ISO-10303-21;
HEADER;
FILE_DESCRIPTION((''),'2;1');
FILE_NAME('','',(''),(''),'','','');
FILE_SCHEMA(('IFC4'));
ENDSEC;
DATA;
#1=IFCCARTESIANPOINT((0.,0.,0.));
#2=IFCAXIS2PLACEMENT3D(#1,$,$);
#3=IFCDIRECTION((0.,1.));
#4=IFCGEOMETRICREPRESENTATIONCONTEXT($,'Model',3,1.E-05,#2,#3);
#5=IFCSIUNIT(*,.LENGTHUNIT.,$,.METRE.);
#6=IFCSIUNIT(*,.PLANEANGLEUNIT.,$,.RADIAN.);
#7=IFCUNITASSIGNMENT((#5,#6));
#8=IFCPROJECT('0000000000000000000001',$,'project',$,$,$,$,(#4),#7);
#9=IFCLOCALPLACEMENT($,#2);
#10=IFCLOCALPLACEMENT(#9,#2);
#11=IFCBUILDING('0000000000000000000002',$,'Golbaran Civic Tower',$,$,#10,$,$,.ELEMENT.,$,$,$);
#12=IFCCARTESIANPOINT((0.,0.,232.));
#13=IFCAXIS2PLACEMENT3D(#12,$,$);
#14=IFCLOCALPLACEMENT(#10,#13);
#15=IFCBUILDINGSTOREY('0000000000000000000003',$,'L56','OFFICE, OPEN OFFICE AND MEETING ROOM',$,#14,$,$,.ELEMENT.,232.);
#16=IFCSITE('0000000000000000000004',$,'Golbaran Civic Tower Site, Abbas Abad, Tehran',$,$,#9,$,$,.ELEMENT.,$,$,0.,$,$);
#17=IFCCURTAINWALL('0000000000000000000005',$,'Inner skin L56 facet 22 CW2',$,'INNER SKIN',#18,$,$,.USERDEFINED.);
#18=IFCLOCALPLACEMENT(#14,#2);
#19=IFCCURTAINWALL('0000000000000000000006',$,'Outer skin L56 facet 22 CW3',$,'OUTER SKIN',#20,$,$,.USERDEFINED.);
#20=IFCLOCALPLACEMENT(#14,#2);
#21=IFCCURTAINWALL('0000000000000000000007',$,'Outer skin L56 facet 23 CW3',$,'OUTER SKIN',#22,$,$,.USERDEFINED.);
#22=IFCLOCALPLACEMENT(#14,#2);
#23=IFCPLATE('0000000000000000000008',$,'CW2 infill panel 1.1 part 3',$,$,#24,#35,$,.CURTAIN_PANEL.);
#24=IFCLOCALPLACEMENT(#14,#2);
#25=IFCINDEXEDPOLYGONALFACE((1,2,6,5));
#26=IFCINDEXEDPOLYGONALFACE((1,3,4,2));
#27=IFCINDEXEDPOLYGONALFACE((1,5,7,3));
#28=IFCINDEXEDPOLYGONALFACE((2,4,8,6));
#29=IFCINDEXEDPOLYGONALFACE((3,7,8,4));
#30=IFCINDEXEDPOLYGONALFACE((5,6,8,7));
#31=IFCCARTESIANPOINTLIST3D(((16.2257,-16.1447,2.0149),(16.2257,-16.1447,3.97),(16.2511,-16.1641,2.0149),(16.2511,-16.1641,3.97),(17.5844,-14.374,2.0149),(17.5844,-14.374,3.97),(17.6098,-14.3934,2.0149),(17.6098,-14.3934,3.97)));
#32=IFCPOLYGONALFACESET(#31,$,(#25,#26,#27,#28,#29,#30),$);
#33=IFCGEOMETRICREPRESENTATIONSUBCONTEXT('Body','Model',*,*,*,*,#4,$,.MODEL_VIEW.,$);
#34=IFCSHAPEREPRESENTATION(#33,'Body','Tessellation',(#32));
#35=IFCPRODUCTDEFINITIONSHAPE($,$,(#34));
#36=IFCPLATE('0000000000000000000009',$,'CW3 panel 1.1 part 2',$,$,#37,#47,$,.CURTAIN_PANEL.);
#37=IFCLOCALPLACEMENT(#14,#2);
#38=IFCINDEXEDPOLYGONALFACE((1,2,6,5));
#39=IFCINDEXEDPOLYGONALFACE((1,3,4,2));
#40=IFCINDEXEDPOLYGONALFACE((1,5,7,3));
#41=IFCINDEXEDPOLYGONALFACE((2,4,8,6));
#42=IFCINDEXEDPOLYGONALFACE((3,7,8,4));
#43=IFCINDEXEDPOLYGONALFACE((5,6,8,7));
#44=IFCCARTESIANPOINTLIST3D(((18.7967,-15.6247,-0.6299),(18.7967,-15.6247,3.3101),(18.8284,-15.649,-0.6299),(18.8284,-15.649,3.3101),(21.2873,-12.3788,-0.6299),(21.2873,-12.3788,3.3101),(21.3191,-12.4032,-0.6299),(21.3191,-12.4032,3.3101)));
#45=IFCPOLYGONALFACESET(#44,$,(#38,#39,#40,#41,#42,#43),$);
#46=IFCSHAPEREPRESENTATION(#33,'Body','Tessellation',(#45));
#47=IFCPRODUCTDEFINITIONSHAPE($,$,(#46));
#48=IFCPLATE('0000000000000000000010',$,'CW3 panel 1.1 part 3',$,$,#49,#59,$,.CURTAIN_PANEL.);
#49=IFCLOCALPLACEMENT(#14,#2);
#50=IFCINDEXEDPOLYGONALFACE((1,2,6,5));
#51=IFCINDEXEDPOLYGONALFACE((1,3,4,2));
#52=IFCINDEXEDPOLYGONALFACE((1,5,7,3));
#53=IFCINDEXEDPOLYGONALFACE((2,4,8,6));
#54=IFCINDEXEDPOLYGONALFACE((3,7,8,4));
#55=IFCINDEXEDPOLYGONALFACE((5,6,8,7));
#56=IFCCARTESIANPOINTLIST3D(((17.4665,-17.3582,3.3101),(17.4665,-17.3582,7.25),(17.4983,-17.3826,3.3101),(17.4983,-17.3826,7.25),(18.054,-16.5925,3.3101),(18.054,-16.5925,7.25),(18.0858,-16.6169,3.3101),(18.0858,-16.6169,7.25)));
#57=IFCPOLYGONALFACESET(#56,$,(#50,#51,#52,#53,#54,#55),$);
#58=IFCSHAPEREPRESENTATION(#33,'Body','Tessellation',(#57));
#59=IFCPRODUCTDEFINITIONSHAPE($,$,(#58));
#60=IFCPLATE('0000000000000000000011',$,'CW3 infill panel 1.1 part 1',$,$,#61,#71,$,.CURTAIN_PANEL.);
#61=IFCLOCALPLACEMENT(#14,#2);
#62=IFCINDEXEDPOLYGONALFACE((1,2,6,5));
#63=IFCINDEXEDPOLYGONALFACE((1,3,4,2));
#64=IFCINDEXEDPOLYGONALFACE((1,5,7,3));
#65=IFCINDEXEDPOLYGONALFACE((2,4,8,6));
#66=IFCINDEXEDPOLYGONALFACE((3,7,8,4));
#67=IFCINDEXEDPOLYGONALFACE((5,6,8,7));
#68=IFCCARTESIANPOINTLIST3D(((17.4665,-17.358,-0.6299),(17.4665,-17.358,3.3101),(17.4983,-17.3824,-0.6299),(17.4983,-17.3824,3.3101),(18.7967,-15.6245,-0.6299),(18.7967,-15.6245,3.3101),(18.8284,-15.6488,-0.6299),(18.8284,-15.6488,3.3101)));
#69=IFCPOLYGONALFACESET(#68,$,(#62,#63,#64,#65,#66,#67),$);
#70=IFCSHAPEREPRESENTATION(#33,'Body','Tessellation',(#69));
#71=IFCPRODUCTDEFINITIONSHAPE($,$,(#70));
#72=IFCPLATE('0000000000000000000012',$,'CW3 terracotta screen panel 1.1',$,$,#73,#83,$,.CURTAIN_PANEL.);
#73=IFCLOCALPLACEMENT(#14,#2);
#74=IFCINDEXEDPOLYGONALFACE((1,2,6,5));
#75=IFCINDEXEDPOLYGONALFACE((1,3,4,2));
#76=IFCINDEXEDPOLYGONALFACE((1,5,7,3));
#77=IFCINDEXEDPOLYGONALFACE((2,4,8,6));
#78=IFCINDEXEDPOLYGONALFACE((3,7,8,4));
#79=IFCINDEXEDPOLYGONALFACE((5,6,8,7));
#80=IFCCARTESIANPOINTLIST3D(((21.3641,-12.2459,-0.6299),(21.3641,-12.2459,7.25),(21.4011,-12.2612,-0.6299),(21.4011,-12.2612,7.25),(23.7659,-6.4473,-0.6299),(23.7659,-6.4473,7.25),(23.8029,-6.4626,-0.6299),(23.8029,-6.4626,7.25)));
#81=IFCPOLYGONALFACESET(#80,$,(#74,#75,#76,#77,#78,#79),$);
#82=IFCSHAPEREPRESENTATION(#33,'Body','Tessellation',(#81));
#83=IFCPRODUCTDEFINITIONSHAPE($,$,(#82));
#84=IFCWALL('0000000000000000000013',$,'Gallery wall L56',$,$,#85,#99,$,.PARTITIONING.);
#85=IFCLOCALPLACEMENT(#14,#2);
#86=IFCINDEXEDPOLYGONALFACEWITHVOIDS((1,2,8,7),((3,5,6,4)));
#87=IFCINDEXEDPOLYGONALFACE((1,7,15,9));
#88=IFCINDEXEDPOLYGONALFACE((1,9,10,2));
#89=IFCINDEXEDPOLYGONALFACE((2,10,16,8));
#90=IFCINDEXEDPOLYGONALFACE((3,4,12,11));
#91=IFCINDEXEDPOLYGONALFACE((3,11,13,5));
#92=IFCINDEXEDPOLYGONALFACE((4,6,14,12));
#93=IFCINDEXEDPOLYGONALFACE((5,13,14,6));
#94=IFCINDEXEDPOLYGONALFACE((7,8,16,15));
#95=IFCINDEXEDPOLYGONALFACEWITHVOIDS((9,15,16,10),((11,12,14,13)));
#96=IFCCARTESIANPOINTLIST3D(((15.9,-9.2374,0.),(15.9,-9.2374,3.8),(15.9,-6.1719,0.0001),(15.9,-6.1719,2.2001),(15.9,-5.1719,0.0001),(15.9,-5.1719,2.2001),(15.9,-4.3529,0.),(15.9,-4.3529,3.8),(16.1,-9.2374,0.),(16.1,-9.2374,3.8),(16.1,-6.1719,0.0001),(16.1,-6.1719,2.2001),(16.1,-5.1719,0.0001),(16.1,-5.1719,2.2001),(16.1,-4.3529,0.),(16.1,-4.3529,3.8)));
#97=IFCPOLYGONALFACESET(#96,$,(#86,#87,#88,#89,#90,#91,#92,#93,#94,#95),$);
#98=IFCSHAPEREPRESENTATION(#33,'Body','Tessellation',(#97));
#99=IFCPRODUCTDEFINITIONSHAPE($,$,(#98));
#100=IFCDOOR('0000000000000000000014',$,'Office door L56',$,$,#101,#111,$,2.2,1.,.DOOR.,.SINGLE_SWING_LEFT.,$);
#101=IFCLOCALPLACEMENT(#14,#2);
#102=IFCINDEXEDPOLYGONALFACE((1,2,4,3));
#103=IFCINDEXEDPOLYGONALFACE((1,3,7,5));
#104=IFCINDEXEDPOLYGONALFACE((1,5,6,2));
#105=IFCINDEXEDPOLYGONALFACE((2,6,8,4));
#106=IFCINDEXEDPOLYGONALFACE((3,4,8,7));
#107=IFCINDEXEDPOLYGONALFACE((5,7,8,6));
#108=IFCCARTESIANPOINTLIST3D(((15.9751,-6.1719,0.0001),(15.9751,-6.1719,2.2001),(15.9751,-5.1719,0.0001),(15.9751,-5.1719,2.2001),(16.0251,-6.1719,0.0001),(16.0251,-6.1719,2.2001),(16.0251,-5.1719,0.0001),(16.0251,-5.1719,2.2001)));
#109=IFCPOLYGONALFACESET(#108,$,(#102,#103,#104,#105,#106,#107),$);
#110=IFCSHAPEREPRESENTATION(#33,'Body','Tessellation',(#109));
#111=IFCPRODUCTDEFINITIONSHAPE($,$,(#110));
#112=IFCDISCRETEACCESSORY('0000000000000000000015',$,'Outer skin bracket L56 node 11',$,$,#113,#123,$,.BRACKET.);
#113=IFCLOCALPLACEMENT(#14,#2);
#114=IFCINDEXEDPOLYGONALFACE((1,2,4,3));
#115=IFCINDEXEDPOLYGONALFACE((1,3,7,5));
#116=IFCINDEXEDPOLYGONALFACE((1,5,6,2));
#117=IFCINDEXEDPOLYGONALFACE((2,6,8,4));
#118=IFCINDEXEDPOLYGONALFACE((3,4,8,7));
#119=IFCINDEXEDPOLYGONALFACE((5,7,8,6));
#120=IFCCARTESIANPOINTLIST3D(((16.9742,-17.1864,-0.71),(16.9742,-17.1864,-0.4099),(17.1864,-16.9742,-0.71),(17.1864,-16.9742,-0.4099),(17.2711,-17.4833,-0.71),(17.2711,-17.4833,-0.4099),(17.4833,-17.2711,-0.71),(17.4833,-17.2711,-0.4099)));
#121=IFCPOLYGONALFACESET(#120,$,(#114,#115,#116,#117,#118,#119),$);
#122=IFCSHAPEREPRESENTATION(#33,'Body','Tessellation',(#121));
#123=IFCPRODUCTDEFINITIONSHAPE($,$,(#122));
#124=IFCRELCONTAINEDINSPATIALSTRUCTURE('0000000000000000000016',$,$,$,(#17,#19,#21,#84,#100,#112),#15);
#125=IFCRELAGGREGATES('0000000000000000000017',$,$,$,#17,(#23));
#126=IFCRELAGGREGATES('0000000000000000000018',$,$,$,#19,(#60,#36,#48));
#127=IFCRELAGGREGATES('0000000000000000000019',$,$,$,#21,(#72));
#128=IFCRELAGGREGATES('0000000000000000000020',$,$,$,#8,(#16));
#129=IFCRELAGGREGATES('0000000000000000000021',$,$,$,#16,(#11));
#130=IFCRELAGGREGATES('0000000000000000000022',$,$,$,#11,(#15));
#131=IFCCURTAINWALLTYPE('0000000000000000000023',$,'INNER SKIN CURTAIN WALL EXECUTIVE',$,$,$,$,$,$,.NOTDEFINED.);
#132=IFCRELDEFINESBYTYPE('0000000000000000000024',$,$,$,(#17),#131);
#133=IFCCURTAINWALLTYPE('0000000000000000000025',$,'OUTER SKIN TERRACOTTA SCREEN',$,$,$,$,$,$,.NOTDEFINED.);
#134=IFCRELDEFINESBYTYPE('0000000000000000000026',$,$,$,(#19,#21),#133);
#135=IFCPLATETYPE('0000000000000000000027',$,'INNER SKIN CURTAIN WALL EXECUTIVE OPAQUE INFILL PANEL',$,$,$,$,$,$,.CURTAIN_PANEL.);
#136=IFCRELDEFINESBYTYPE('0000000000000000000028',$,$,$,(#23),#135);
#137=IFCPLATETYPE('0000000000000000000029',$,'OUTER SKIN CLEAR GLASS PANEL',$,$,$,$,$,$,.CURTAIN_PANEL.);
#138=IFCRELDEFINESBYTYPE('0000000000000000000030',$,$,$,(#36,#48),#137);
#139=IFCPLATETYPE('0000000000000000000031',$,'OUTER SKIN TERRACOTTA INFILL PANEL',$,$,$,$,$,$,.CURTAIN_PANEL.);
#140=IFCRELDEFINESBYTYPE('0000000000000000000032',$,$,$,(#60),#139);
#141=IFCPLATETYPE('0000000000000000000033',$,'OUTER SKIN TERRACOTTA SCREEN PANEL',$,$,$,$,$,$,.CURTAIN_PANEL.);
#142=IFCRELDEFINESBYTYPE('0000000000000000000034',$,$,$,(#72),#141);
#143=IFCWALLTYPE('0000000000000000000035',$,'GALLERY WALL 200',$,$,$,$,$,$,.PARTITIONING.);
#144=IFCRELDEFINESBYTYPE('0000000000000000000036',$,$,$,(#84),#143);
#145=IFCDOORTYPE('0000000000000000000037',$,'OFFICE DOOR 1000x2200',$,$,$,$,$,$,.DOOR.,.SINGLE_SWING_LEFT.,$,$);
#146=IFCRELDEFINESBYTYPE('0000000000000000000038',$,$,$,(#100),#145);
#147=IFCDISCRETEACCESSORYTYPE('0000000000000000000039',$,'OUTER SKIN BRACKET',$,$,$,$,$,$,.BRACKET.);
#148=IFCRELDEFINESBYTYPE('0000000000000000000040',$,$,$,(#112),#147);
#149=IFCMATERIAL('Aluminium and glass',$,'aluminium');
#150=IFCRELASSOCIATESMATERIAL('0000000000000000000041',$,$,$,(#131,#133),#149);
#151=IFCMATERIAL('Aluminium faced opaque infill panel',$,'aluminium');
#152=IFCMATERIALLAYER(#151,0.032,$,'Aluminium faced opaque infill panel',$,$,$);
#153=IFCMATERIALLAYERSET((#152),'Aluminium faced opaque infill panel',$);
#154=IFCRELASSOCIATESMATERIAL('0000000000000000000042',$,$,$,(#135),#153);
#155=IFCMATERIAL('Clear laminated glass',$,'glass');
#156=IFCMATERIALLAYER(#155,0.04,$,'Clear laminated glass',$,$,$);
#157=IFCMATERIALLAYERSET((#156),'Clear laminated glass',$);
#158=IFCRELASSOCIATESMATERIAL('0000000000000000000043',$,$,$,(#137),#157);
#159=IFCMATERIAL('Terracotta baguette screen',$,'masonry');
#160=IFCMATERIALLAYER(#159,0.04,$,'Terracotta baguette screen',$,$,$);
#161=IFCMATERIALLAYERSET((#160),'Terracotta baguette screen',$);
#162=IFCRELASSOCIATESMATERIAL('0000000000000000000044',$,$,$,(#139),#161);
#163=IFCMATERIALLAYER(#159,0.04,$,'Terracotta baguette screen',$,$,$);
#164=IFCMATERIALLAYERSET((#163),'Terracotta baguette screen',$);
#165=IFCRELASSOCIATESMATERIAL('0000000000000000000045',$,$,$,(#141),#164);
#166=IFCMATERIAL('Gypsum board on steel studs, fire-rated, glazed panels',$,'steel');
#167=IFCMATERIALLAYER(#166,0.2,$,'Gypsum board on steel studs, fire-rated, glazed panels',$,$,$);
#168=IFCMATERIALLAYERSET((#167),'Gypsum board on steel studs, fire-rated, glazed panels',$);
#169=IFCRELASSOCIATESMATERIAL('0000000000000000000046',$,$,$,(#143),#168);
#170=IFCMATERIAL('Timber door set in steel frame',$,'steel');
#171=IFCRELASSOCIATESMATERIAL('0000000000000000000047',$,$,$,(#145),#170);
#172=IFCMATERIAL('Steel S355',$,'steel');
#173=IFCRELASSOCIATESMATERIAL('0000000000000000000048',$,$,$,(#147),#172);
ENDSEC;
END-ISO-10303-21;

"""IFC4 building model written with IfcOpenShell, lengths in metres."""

from ifc_helpers import new_model, si_unit, direction, frame, frame_2d, origin, origin_2d, place, context, subcontext, project, spatial, rectangle, extrude, material, layer, layer_set, type_object, element, fill, aggregate, save


model = new_model("IFC4")

# Units and contexts
model_context = context("Model", 3, precision=1e-05, world=origin(), true_north=direction((0.0, 1.0)))
body_context = subcontext(model_context, "Body", "Model", "MODEL_VIEW")
ifc_project = project(units=[si_unit("LENGTHUNIT", "METRE"), si_unit("PLANEANGLEUNIT", "RADIAN")], contexts=[model_context])

# Site, building, storey
site_placement = place(None, origin())
site = spatial("IfcSite", under=ifc_project, at=site_placement, Name="Golbaran Civic Tower Site, Abbas Abad, Tehran", CompositionType="ELEMENT", RefElevation=0.0)
building_placement = place(site_placement, origin())
building = spatial("IfcBuilding", under=site, at=building_placement, Name="Golbaran Civic Tower", CompositionType="ELEMENT")
storey_placement = place(building_placement, frame((0.0, 0.0, 232.0)))
storey = spatial("IfcBuildingStorey", under=building, at=storey_placement, Name="L56", Description="OFFICE, OPEN OFFICE AND MEETING ROOM", CompositionType="ELEMENT", Elevation=232.0)

# Shared definitions
ifc_material_1 = material(Name="Steel S355", Category="steel")

# Shared definitions
ifc_material_2 = material(Name="Aluminium and glass", Category="aluminium")
curtain_wall_type_1 = type_object("IfcCurtainWallType", Name="INNER SKIN CURTAIN WALL EXECUTIVE", PredefinedType="NOTDEFINED", material=ifc_material_2)

# Curtain wall
curtain_wall_1_placement = place(storey_placement, origin())
curtain_wall_1 = element("IfcCurtainWall", 1, at=curtain_wall_1_placement, inside=storey, type_object=curtain_wall_type_1, Name="Inner skin L56 facet 22 CW2", ObjectType="INNER SKIN", PredefinedType="USERDEFINED")

# Shared definitions
curtain_wall_type_2 = type_object("IfcCurtainWallType", Name="OUTER SKIN TERRACOTTA SCREEN", PredefinedType="NOTDEFINED", material=ifc_material_2)

# Curtain wall
curtain_wall_2_placement = place(storey_placement, origin())
curtain_wall_2 = element("IfcCurtainWall", 2, at=curtain_wall_2_placement, inside=storey, type_object=curtain_wall_type_2, Name="Outer skin L56 facet 22 CW3", ObjectType="OUTER SKIN", PredefinedType="USERDEFINED")

# Curtain wall
curtain_wall_3_placement = place(storey_placement, origin())
curtain_wall_3 = element("IfcCurtainWall", 3, at=curtain_wall_3_placement, inside=storey, type_object=curtain_wall_type_2, Name="Outer skin L56 facet 23 CW3", ObjectType="OUTER SKIN", PredefinedType="USERDEFINED")

# Plates
ifc_material_3 = material(Name="Aluminium faced opaque infill panel", Category="aluminium")
ifc_layer_1 = layer(ifc_material_3, 0.032, Name="Aluminium faced opaque infill panel")
ifc_layer_set_1 = layer_set([ifc_layer_1], Name="Aluminium faced opaque infill panel")
plate_type_1 = type_object("IfcPlateType", Name="INNER SKIN CURTAIN WALL EXECUTIVE OPAQUE INFILL PANEL", PredefinedType="CURTAIN_PANEL", material=ifc_layer_set_1)
plate_1_placement = place(storey_placement, frame((16.9177, -15.269, 2.0149), z_axis=(0.0, 0.0, 1.0), x_axis=(0.608761, 0.793353, 0.0)))
plate_1 = element("IfcPlate", 4, at=plate_1_placement, type_object=plate_type_1, Name="CW2 infill panel 1.1 part 3", PredefinedType="CURTAIN_PANEL", context=body_context, shape_type="SweptSolid", body=[
    extrude(rectangle(XDim=2.2319, YDim=0.032, at=origin_2d()), origin(), (0.0, 0.0, 1.0), 1.9551),
])
aggregate(curtain_wall_1, [plate_1])
ifc_material_4 = material(Name="Clear laminated glass", Category="glass")
ifc_layer_2 = layer(ifc_material_4, 0.04, Name="Clear laminated glass")
ifc_layer_set_2 = layer_set([ifc_layer_2], Name="Clear laminated glass")
plate_type_2 = type_object("IfcPlateType", Name="OUTER SKIN CLEAR GLASS PANEL", PredefinedType="CURTAIN_PANEL", material=ifc_layer_set_2)
plate_2_placement = place(storey_placement, frame((20.0579, -14.0139, -0.6299), z_axis=(0.0, 0.0, 1.0), x_axis=(0.608761, 0.793353, 0.0)))
plate_2 = element("IfcPlate", 5, at=plate_2_placement, type_object=plate_type_2, Name="CW3 panel 1.1 part 2", PredefinedType="CURTAIN_PANEL", context=body_context, shape_type="SweptSolid", body=[
    extrude(rectangle(XDim=4.0913, YDim=0.04, at=origin_2d()), origin(), (0.0, 0.0, 1.0), 3.9399),
])
plate_3_placement = place(storey_placement, frame((17.7761, -16.9875, 3.3101), z_axis=(0.0, 0.0, 1.0), x_axis=(0.608761, 0.793353, 0.0)))
plate_3 = element("IfcPlate", 6, at=plate_3_placement, type_object=plate_type_2, Name="CW3 panel 1.1 part 3", PredefinedType="CURTAIN_PANEL", context=body_context, shape_type="SweptSolid", body=[
    extrude(rectangle(XDim=0.9651, YDim=0.04, at=origin_2d()), origin(), (0.0, 0.0, 1.0), 3.9399),
])
ifc_material_5 = material(Name="Terracotta baguette screen", Category="masonry")
ifc_layer_3 = layer(ifc_material_5, 0.04, Name="Terracotta baguette screen")
ifc_layer_set_3 = layer_set([ifc_layer_3], Name="Terracotta baguette screen")
plate_type_3 = type_object("IfcPlateType", Name="OUTER SKIN TERRACOTTA INFILL PANEL", PredefinedType="CURTAIN_PANEL", material=ifc_layer_set_3)
plate_4_placement = place(storey_placement, frame((18.1475, -16.5034, -0.6299), z_axis=(0.0, 0.0, 1.0), x_axis=(0.608761, 0.793353, 0.0)))
plate_4 = element("IfcPlate", 7, at=plate_4_placement, type_object=plate_type_3, Name="CW3 infill panel 1.1 part 1", PredefinedType="CURTAIN_PANEL", context=body_context, shape_type="SweptSolid", body=[
    extrude(rectangle(XDim=2.1851, YDim=0.04, at=origin_2d()), origin(), (0.0, 0.0, 1.0), 3.9399),
])
aggregate(curtain_wall_2, [plate_4, plate_2, plate_3])
ifc_layer_4 = layer(ifc_material_5, 0.04, Name="Terracotta baguette screen")
ifc_layer_set_4 = layer_set([ifc_layer_4], Name="Terracotta baguette screen")
plate_type_4 = type_object("IfcPlateType", Name="OUTER SKIN TERRACOTTA SCREEN PANEL", PredefinedType="CURTAIN_PANEL", material=ifc_layer_set_4)
plate_5_placement = place(storey_placement, frame((22.5835, -9.3542, -0.6299), z_axis=(0.0, 0.0, 1.0), x_axis=(0.382683, 0.92388, 0.0)))
plate_5 = element("IfcPlate", 8, at=plate_5_placement, type_object=plate_type_4, Name="CW3 terracotta screen panel 1.1", PredefinedType="CURTAIN_PANEL", context=body_context, shape_type="SweptSolid", body=[
    extrude(rectangle(XDim=6.2764, YDim=0.04, at=origin_2d()), origin(), (0.0, 0.0, 1.0), 7.8799),
])
aggregate(curtain_wall_3, [plate_5])

# Wall, opening, door
ifc_material_6 = material(Name="Gypsum board on steel studs, fire-rated, glazed panels", Category="steel")
ifc_layer_5 = layer(ifc_material_6, 0.2, Name="Gypsum board on steel studs, fire-rated, glazed panels")
ifc_layer_set_5 = layer_set([ifc_layer_5], Name="Gypsum board on steel studs, fire-rated, glazed panels")
wall_type = type_object("IfcWallType", Name="GALLERY WALL 200", PredefinedType="PARTITIONING", material=ifc_layer_set_5)
wall_placement = place(storey_placement, frame((16.0, -9.2375, 0.0), z_axis=(0.0, 0.0, 1.0), x_axis=(0.0, 1.0, 0.0)))
wall = element("IfcWall", 9, at=wall_placement, inside=storey, type_object=wall_type, Name="Gallery wall L56", PredefinedType="PARTITIONING", context=body_context, shape_type="SweptSolid", body=[
    extrude(rectangle(XDim=4.8845, YDim=0.2, at=frame_2d((2.4424, 0.0))), origin(), (0.0, 0.0, 1.0), 3.8),
])
opening_placement = place(wall_placement, frame((3.0657, 0.0, 0.0)))
opening = element("IfcOpeningElement", 10, at=opening_placement, cuts=wall, PredefinedType="OPENING", context=body_context, shape_type="SweptSolid", body=[
    extrude(rectangle(XDim=1.0, YDim=2.2, at=frame_2d((0.5, 1.1001))), frame((0.0, 0.1099, 0.0), z_axis=(0.0, -1.0, 0.0), x_axis=(1.0, 0.0, 0.0)), (0.0, 0.0, 1.0), 0.22),
])
ifc_material_7 = material(Name="Timber door set in steel frame", Category="steel")
door_type = type_object("IfcDoorType", Name="OFFICE DOOR 1000x2200", OperationType="SINGLE_SWING_LEFT", PredefinedType="DOOR", material=ifc_material_7)
door_placement = place(opening_placement, origin())
door = element("IfcDoor", 11, at=door_placement, inside=storey, type_object=door_type, Name="Office door L56", OperationType="SINGLE_SWING_LEFT", OverallHeight=2.2, OverallWidth=1.0, PredefinedType="DOOR", context=body_context, shape_type="SweptSolid", body=[
    extrude(rectangle(XDim=1.0, YDim=2.2, at=frame_2d((0.5, 1.1001))), frame((0.0, 0.0249, 0.0), z_axis=(0.0, -1.0, 0.0), x_axis=(1.0, 0.0, 0.0)), (0.0, 0.0, 1.0), 0.05),
])
fill(opening, door)

# Discrete accessory
discrete_accessory_type = type_object("IfcDiscreteAccessoryType", Name="OUTER SKIN BRACKET", PredefinedType="BRACKET", material=ifc_material_1)
discrete_accessory_placement = place(storey_placement, frame((17.2288, -17.2288, -0.71), z_axis=(0.0, 0.0, 1.0), x_axis=(0.707107, -0.707107, 0.0)))
element("IfcDiscreteAccessory", 12, at=discrete_accessory_placement, inside=storey, type_object=discrete_accessory_type, Name="Outer skin bracket L56 node 11", PredefinedType="BRACKET", context=body_context, shape_type="SweptSolid", body=[
    extrude(rectangle(XDim=0.4199, YDim=0.3, at=origin_2d()), origin(), (0.0, 0.0, 1.0), 0.3),
])

save(model, "model.ifc")
